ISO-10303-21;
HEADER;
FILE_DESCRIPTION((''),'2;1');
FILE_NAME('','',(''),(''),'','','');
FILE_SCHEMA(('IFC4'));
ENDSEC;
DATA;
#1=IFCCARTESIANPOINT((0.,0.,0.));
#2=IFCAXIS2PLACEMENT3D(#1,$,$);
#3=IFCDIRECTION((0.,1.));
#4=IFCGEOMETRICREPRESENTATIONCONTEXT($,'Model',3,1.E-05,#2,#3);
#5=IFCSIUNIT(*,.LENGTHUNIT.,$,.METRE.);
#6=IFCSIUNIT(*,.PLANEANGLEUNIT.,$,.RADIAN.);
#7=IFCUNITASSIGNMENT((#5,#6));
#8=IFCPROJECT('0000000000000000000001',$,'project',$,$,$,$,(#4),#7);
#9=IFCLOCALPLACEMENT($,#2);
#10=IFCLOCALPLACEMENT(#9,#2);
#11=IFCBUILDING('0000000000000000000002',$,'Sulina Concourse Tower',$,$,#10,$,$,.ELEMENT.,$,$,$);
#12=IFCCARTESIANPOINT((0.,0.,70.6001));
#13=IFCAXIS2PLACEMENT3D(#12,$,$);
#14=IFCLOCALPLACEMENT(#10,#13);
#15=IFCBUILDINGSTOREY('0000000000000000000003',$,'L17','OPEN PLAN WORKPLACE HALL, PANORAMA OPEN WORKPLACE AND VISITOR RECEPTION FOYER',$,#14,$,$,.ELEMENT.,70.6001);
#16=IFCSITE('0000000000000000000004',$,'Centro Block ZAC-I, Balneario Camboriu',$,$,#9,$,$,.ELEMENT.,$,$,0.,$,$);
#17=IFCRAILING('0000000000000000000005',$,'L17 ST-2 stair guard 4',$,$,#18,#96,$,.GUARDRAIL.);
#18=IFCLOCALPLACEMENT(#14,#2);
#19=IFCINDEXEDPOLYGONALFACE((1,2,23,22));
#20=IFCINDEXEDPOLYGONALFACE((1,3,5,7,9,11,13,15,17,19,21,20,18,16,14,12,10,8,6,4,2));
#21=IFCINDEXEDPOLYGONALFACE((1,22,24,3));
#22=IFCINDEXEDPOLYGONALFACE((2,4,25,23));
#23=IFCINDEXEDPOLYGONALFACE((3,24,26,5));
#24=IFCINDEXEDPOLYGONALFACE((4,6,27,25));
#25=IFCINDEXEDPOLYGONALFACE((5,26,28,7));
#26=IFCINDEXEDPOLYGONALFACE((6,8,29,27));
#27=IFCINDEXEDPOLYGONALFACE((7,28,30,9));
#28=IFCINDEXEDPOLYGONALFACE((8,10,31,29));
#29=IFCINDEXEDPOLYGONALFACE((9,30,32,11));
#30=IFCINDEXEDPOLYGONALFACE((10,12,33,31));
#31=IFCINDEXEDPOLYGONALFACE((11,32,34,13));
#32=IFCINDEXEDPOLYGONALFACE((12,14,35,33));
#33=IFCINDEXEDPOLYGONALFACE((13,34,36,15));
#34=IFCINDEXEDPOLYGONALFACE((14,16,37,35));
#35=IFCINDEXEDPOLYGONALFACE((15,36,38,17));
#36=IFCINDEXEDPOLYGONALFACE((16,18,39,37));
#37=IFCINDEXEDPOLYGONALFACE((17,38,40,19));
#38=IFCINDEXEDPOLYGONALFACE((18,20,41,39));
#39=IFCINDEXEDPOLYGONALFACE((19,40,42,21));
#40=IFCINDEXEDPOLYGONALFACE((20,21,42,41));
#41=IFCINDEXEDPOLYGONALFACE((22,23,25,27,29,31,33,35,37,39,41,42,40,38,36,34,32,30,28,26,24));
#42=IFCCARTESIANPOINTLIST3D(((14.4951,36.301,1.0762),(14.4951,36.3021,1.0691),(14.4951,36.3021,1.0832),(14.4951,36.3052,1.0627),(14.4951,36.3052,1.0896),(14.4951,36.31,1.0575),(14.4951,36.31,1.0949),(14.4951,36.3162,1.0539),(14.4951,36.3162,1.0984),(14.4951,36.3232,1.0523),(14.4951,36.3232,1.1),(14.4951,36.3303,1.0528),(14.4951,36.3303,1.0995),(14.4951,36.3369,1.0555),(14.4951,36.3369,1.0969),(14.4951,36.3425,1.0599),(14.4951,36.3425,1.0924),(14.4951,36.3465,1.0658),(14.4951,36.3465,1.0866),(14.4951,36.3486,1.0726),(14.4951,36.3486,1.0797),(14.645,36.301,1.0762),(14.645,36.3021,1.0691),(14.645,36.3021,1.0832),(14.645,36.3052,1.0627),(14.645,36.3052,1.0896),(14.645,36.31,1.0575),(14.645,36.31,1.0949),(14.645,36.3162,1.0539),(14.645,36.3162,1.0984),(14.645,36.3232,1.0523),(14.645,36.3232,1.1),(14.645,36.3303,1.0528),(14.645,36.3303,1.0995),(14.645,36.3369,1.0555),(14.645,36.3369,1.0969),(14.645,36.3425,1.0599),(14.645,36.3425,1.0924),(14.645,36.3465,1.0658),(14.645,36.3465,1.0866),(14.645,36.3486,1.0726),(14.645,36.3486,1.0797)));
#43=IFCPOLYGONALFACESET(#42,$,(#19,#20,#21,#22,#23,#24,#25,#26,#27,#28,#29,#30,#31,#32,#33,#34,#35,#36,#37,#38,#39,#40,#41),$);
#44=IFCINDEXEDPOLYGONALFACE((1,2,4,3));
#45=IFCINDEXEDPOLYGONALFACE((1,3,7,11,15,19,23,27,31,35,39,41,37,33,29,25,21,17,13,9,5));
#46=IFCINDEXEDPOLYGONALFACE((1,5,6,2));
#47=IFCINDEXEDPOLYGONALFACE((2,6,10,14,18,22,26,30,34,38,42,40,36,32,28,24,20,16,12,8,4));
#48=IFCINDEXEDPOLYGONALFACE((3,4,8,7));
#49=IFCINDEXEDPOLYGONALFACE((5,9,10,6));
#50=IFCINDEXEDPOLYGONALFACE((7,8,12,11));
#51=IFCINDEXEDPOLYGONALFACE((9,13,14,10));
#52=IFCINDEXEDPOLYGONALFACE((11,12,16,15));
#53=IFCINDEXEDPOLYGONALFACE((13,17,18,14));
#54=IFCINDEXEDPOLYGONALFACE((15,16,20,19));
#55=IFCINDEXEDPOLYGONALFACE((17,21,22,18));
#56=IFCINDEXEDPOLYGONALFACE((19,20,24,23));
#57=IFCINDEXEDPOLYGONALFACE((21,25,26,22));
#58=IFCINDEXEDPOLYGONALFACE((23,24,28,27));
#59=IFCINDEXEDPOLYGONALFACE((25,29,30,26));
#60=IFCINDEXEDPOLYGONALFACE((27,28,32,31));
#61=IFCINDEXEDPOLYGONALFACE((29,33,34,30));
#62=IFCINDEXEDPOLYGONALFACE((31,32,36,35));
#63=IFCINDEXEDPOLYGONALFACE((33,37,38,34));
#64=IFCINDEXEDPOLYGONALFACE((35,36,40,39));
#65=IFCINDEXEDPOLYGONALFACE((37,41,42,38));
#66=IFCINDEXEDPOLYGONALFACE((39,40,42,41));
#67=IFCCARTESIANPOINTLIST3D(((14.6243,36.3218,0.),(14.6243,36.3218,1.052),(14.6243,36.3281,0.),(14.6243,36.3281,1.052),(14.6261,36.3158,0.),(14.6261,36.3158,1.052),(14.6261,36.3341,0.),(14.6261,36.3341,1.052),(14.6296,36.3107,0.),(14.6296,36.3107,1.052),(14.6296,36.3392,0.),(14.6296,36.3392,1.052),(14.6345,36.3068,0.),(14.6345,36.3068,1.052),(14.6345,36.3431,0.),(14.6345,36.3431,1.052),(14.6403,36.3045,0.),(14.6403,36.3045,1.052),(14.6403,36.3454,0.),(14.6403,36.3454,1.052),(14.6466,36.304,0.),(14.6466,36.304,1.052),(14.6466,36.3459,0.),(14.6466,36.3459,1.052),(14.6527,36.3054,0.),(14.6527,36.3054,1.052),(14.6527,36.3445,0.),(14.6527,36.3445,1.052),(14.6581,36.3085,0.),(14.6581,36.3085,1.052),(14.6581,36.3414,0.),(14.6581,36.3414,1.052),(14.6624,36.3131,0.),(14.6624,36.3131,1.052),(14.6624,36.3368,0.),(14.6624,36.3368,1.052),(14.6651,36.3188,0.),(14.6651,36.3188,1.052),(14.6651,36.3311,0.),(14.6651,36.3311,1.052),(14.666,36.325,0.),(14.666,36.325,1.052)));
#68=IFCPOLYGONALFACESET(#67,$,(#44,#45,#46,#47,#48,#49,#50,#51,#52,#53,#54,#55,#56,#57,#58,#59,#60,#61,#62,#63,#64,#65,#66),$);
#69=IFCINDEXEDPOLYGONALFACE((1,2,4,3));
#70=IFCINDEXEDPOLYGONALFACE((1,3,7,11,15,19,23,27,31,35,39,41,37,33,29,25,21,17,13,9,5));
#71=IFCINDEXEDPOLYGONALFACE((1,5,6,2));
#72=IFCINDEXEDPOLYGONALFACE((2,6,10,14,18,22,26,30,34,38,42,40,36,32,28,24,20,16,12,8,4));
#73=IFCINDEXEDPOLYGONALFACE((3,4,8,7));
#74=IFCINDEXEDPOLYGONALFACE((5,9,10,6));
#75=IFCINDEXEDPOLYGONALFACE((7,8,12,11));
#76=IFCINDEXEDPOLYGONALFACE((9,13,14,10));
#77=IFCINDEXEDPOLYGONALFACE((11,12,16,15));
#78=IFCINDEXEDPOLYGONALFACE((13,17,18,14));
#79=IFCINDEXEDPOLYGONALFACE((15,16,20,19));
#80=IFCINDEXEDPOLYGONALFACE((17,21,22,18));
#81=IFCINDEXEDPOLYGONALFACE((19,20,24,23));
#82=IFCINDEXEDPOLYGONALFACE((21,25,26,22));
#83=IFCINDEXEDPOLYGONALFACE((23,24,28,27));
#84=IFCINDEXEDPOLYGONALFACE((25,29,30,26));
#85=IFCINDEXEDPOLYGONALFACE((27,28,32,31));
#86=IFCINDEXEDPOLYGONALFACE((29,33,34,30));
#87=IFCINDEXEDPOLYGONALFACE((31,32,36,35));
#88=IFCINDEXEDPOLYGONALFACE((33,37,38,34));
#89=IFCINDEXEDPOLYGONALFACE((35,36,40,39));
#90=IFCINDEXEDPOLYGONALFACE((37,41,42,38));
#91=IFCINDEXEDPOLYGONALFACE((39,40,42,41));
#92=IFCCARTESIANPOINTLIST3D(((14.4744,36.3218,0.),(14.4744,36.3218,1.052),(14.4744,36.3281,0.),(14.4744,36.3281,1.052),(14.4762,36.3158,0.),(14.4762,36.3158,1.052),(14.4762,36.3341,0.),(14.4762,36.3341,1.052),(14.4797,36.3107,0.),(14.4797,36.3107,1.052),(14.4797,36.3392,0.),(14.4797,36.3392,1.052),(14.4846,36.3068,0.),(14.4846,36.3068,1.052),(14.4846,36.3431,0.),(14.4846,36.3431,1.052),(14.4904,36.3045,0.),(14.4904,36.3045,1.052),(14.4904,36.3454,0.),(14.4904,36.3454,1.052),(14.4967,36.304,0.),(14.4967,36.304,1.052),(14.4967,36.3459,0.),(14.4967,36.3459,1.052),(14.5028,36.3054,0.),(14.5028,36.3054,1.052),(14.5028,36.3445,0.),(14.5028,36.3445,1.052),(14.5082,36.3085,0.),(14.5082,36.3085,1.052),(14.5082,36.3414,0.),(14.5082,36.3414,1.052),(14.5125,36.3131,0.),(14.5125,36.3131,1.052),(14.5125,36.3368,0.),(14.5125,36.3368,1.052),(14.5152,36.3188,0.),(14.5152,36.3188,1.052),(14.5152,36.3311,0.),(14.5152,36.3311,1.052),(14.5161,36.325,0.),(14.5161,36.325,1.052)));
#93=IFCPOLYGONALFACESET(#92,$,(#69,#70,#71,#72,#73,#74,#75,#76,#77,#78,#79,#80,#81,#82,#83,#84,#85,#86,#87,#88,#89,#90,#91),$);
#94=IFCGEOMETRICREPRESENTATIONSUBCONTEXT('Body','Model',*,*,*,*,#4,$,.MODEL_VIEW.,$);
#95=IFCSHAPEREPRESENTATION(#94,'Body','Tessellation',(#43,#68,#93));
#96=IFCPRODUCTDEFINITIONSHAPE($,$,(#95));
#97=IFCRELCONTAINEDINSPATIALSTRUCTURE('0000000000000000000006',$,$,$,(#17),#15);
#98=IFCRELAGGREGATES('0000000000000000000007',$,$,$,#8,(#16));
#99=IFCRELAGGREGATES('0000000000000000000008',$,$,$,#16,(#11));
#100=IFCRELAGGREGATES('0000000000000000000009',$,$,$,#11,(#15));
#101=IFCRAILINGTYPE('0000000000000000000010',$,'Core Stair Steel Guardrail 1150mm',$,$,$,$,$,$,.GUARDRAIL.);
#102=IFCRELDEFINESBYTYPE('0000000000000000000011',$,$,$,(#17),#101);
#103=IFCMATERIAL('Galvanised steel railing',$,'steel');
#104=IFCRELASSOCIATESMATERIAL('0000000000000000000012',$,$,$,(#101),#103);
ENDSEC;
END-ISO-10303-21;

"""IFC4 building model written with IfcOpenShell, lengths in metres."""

from ifc_helpers import new_model, si_unit, direction, frame, origin, origin_2d, place, context, subcontext, project, spatial, circle, extrude, material, type_object, element, save


model = new_model("IFC4")

# Units and contexts
model_context = context("Model", 3, precision=1e-05, world=origin(), true_north=direction((0.0, 1.0)))
body_context = subcontext(model_context, "Body", "Model", "MODEL_VIEW")
ifc_project = project(units=[si_unit("LENGTHUNIT", "METRE"), si_unit("PLANEANGLEUNIT", "RADIAN")], contexts=[model_context])

# Site, building, storey
site_placement = place(None, origin())
site = spatial("IfcSite", under=ifc_project, at=site_placement, Name="Centro Block ZAC-I, Balneario Camboriu", CompositionType="ELEMENT", RefElevation=0.0)
building_placement = place(site_placement, origin())
building = spatial("IfcBuilding", under=site, at=building_placement, Name="Sulina Concourse Tower", CompositionType="ELEMENT")
storey_placement = place(building_placement, frame((0.0, 0.0, 70.6001)))
storey = spatial("IfcBuildingStorey", under=building, at=storey_placement, Name="L17", Description="OPEN PLAN WORKPLACE HALL, PANORAMA OPEN WORKPLACE AND VISITOR RECEPTION FOYER", CompositionType="ELEMENT", Elevation=70.6001)

# Railing
ifc_material_1 = material(Name="Galvanised steel railing", Category="steel")
railing_type_1 = type_object("IfcRailingType", Name="Core Stair Steel Guardrail 1150mm", PredefinedType="GUARDRAIL", material=ifc_material_1)
railing_1_placement = place(storey_placement, frame((14.645, 36.325, 0.0)))
element("IfcRailing", 1, at=railing_1_placement, inside=storey, type_object=railing_type_1, Name="L17 ST-2 stair guard 4", PredefinedType="GUARDRAIL", context=body_context, shape_type="SweptSolid", body=[
    extrude(circle(Radius=0.0239, at=origin_2d()), frame((0.0, 0.0, 1.0762), z_axis=(-1.0, 0.0, 0.0), x_axis=(0.0, -1.0, 0.0)), (0.0, 0.0, 1.0), 0.1499),
    extrude(circle(Radius=0.021, at=origin_2d()), origin(), (0.0, 0.0, 1.0), 1.052),
    extrude(circle(Radius=0.021, at=origin_2d()), frame((-0.1499, 0.0, 0.0)), (0.0, 0.0, 1.0), 1.052),
])

save(model, "model.ifc")
